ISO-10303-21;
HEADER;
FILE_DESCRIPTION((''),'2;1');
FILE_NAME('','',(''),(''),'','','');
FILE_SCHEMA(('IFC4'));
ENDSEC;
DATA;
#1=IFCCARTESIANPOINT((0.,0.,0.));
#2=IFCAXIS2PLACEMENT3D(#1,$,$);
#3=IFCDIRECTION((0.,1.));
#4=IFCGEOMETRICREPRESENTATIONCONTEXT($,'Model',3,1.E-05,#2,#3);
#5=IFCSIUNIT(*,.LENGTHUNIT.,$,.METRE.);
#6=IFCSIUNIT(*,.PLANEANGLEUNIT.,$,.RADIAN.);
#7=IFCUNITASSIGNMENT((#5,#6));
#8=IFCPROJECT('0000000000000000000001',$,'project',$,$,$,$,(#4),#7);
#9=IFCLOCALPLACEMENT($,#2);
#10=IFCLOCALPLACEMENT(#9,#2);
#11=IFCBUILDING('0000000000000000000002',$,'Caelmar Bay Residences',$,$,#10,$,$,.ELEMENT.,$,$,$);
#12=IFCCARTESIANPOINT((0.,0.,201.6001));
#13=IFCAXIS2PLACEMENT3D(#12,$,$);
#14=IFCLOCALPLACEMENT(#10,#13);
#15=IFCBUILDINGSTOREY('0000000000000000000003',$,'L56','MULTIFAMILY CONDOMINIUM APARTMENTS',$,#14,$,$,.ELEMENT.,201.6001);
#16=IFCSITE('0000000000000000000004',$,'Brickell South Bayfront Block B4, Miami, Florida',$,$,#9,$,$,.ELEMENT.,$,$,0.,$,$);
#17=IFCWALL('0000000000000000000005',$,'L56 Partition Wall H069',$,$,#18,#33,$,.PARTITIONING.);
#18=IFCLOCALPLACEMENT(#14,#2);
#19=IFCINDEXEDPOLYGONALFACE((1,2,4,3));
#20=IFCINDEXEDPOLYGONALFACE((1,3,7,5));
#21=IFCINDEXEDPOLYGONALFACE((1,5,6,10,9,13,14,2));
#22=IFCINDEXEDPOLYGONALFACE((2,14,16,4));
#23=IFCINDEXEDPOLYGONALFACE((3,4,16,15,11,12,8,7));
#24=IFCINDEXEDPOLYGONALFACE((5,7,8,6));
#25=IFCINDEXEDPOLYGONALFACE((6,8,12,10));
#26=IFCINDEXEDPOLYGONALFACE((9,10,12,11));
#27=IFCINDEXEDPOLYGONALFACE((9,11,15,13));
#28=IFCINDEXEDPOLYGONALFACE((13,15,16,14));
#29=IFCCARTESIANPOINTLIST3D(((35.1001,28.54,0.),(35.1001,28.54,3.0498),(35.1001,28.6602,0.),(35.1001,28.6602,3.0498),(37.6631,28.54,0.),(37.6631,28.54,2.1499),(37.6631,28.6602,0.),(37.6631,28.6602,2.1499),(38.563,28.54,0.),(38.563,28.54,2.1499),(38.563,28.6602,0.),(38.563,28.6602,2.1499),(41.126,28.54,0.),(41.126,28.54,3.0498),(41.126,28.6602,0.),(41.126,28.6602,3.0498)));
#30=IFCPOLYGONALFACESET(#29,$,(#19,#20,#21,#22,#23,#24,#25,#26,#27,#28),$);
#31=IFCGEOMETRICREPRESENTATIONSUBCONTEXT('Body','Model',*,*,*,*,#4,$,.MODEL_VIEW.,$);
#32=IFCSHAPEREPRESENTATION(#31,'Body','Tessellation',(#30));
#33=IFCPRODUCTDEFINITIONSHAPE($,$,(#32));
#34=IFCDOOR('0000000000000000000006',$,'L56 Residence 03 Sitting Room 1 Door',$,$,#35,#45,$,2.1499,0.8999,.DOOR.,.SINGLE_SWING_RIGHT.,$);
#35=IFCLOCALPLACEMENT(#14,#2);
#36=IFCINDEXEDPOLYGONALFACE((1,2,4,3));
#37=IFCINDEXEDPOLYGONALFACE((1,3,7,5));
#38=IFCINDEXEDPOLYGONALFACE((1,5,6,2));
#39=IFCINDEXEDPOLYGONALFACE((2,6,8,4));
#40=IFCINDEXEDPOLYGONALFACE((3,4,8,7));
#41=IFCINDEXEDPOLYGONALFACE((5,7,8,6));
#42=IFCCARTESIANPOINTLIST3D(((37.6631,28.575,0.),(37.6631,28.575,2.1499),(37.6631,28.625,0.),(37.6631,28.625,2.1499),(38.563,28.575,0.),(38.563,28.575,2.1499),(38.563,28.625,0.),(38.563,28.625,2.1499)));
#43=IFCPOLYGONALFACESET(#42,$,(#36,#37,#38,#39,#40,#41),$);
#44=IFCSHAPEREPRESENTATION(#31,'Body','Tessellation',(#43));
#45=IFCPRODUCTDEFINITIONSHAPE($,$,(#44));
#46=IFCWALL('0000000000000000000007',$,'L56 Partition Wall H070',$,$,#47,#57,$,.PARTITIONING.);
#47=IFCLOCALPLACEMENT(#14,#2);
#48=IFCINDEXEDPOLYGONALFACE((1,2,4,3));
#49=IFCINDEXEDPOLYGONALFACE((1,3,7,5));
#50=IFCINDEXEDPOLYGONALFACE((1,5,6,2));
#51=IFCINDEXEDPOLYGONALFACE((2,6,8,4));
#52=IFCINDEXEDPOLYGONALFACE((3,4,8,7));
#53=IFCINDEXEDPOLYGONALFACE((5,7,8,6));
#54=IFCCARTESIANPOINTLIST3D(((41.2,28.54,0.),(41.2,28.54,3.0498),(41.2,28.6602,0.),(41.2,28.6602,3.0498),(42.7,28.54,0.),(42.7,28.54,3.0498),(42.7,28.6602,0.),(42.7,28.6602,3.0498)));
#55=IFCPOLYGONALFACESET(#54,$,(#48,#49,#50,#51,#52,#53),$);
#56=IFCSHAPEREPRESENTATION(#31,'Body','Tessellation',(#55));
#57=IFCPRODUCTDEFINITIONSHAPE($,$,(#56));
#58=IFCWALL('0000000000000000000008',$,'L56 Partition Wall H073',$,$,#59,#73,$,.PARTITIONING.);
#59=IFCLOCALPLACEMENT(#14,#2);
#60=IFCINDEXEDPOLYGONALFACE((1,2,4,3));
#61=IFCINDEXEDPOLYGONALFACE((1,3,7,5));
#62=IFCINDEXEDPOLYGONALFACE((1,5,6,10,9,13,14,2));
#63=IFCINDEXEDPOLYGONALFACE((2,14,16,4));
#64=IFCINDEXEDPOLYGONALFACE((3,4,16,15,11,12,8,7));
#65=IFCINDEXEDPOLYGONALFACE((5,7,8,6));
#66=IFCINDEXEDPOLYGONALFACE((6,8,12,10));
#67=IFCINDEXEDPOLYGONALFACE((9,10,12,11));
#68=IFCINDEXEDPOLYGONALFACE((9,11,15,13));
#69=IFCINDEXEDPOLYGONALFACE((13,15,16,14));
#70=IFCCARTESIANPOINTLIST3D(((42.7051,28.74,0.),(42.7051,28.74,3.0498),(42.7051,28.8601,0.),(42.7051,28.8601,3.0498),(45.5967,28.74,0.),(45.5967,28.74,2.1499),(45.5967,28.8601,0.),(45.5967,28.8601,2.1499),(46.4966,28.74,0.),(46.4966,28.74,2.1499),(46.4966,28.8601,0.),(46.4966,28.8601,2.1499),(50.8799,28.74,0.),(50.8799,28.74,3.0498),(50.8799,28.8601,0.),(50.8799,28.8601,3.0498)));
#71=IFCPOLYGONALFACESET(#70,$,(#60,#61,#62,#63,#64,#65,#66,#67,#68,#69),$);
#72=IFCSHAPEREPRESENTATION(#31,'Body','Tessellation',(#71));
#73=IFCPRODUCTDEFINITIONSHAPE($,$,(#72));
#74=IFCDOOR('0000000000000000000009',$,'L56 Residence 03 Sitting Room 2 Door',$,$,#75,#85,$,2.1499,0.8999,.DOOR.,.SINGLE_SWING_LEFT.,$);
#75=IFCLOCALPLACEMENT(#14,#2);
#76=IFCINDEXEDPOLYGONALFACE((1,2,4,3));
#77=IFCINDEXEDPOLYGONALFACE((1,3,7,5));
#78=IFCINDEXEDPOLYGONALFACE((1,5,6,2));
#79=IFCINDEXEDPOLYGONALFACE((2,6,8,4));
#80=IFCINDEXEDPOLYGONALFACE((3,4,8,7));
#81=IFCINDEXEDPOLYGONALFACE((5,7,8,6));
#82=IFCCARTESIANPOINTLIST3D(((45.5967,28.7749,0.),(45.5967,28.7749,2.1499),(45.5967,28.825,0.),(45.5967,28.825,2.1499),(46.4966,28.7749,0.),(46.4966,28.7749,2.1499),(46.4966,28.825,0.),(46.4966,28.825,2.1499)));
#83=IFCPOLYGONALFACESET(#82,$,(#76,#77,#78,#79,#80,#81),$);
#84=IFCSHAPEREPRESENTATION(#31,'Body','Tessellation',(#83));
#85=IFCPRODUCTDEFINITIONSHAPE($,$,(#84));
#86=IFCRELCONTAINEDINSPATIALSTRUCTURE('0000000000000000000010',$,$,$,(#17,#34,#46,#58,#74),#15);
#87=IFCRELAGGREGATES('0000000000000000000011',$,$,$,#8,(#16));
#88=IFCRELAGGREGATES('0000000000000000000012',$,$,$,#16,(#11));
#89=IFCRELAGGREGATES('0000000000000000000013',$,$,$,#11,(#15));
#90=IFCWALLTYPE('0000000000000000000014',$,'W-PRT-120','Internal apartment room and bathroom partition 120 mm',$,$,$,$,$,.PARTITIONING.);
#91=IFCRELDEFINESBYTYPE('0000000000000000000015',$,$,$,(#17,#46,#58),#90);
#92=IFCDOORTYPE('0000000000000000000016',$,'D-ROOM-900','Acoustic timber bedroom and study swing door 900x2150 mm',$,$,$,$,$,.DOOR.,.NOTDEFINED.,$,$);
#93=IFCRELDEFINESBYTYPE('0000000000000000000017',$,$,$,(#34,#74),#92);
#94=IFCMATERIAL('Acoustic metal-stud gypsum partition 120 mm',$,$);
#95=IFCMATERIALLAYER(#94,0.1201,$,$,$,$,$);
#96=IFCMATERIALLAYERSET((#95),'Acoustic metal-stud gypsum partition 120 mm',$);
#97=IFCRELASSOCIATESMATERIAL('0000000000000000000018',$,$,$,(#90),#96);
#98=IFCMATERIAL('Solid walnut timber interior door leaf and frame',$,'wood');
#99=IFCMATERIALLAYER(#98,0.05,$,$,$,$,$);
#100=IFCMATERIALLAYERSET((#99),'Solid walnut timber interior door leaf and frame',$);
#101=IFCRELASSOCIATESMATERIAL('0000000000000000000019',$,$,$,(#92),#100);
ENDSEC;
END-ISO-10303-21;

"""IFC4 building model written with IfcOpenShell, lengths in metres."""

from ifc_helpers import new_model, si_unit, direction, frame, frame_2d, origin, place, context, subcontext, project, spatial, rectangle, extrude, material, layer, layer_set, type_object, element, fill, save


model = new_model("IFC4")

# Units and contexts
model_context = context("Model", 3, precision=1e-05, world=origin(), true_north=direction((0.0, 1.0)))
body_context = subcontext(model_context, "Body", "Model", "MODEL_VIEW")
ifc_project = project(units=[si_unit("LENGTHUNIT", "METRE"), si_unit("PLANEANGLEUNIT", "RADIAN")], contexts=[model_context])

# Site, building, storey
site_placement = place(None, origin())
site = spatial("IfcSite", under=ifc_project, at=site_placement, Name="Brickell South Bayfront Block B4, Miami, Florida", CompositionType="ELEMENT", RefElevation=0.0)
building_placement = place(site_placement, origin())
building = spatial("IfcBuilding", under=site, at=building_placement, Name="Caelmar Bay Residences", CompositionType="ELEMENT")
storey_placement = place(building_placement, frame((0.0, 0.0, 201.6001)))
storey = spatial("IfcBuildingStorey", under=building, at=storey_placement, Name="L56", Description="MULTIFAMILY CONDOMINIUM APARTMENTS", CompositionType="ELEMENT", Elevation=201.6001)

# Shared definitions
ifc_material_1 = material(Name="Acoustic metal-stud gypsum partition 120 mm")
ifc_layer_1 = layer(ifc_material_1, 0.1201)
ifc_layer_set_1 = layer_set([ifc_layer_1], Name="Acoustic metal-stud gypsum partition 120 mm")
wall_type = type_object("IfcWallType", Name="W-PRT-120", Description="Internal apartment room and bathroom partition 120 mm", PredefinedType="PARTITIONING", material=ifc_layer_set_1)
ifc_material_2 = material(Name="Solid walnut timber interior door leaf and frame", Category="wood")
ifc_layer_2 = layer(ifc_material_2, 0.05)
ifc_layer_set_2 = layer_set([ifc_layer_2], Name="Solid walnut timber interior door leaf and frame")
door_type_1 = type_object("IfcDoorType", Name="D-ROOM-900", Description="Acoustic timber bedroom and study swing door 900x2150 mm", OperationType="NOTDEFINED", PredefinedType="DOOR", material=ifc_layer_set_2)

# Wall, opening, door
wall_1_placement = place(storey_placement, frame((35.1001, 28.6001, 0.0), z_axis=(0.0, 0.0, 1.0), x_axis=(1.0, 0.0, 0.0)))
wall_1 = element("IfcWall", 1, at=wall_1_placement, inside=storey, type_object=wall_type, Name="L56 Partition Wall H069", PredefinedType="PARTITIONING", context=body_context, shape_type="SweptSolid", body=[
    extrude(rectangle(XDim=6.0259, YDim=0.1201, at=frame_2d((3.0129, 0.0))), origin(), (0.0, 0.0, 1.0), 3.0498),
])
opening_1_placement = place(wall_1_placement, frame((2.563, 0.0, 0.0)))
opening_1 = element("IfcOpeningElement", 2, at=opening_1_placement, cuts=wall_1, PredefinedType="OPENING", context=body_context, shape_type="SweptSolid", body=[
    extrude(rectangle(XDim=0.8999, YDim=2.1499, at=frame_2d((0.45, 1.075))), frame((0.0, 0.0701, 0.0), z_axis=(0.0, -1.0, 0.0), x_axis=(1.0, 0.0, 0.0)), (0.0, 0.0, 1.0), 0.1401),
])
door_1_placement = place(opening_1_placement, origin())
door_1 = element("IfcDoor", 3, at=door_1_placement, inside=storey, type_object=door_type_1, Name="L56 Residence 03 Sitting Room 1 Door", OperationType="SINGLE_SWING_RIGHT", OverallHeight=2.1499, OverallWidth=0.8999, PredefinedType="DOOR", context=body_context, shape_type="SweptSolid", body=[
    extrude(rectangle(XDim=0.8999, YDim=2.1499, at=frame_2d((0.45, 1.075))), frame((0.0, 0.0249, 0.0), z_axis=(0.0, -1.0, 0.0), x_axis=(1.0, 0.0, 0.0)), (0.0, 0.0, 1.0), 0.05),
])
fill(opening_1, door_1)

# Wall
wall_2_placement = place(storey_placement, frame((41.2, 28.6001, 0.0), z_axis=(0.0, 0.0, 1.0), x_axis=(1.0, 0.0, 0.0)))
element("IfcWall", 4, at=wall_2_placement, inside=storey, type_object=wall_type, Name="L56 Partition Wall H070", PredefinedType="PARTITIONING", context=body_context, shape_type="SweptSolid", body=[
    extrude(rectangle(XDim=1.5, YDim=0.1201, at=frame_2d((0.75, 0.0))), origin(), (0.0, 0.0, 1.0), 3.0498),
])

# Wall, opening, door
wall_3_placement = place(storey_placement, frame((42.7051, 28.8, 0.0), z_axis=(0.0, 0.0, 1.0), x_axis=(1.0, 0.0, 0.0)))
wall_3 = element("IfcWall", 5, at=wall_3_placement, inside=storey, type_object=wall_type, Name="L56 Partition Wall H073", PredefinedType="PARTITIONING", context=body_context, shape_type="SweptSolid", body=[
    extrude(rectangle(XDim=8.1748, YDim=0.1201, at=frame_2d((4.0874, 0.0))), origin(), (0.0, 0.0, 1.0), 3.0498),
])
opening_2_placement = place(wall_3_placement, frame((2.8916, 0.0, 0.0)))
opening_2 = element("IfcOpeningElement", 6, at=opening_2_placement, cuts=wall_3, PredefinedType="OPENING", context=body_context, shape_type="SweptSolid", body=[
    extrude(rectangle(XDim=0.8999, YDim=2.1499, at=frame_2d((0.45, 1.075))), frame((0.0, 0.0701, 0.0), z_axis=(0.0, -1.0, 0.0), x_axis=(1.0, 0.0, 0.0)), (0.0, 0.0, 1.0), 0.1401),
])
door_2_placement = place(opening_2_placement, origin())
door_2 = element("IfcDoor", 7, at=door_2_placement, inside=storey, type_object=door_type_1, Name="L56 Residence 03 Sitting Room 2 Door", OperationType="SINGLE_SWING_LEFT", OverallHeight=2.1499, OverallWidth=0.8999, PredefinedType="DOOR", context=body_context, shape_type="SweptSolid", body=[
    extrude(rectangle(XDim=0.8999, YDim=2.1499, at=frame_2d((0.45, 1.075))), frame((0.0, 0.0249, 0.0), z_axis=(0.0, -1.0, 0.0), x_axis=(1.0, 0.0, 0.0)), (0.0, 0.0, 1.0), 0.05),
])
fill(opening_2, door_2)

save(model, "model.ifc")
